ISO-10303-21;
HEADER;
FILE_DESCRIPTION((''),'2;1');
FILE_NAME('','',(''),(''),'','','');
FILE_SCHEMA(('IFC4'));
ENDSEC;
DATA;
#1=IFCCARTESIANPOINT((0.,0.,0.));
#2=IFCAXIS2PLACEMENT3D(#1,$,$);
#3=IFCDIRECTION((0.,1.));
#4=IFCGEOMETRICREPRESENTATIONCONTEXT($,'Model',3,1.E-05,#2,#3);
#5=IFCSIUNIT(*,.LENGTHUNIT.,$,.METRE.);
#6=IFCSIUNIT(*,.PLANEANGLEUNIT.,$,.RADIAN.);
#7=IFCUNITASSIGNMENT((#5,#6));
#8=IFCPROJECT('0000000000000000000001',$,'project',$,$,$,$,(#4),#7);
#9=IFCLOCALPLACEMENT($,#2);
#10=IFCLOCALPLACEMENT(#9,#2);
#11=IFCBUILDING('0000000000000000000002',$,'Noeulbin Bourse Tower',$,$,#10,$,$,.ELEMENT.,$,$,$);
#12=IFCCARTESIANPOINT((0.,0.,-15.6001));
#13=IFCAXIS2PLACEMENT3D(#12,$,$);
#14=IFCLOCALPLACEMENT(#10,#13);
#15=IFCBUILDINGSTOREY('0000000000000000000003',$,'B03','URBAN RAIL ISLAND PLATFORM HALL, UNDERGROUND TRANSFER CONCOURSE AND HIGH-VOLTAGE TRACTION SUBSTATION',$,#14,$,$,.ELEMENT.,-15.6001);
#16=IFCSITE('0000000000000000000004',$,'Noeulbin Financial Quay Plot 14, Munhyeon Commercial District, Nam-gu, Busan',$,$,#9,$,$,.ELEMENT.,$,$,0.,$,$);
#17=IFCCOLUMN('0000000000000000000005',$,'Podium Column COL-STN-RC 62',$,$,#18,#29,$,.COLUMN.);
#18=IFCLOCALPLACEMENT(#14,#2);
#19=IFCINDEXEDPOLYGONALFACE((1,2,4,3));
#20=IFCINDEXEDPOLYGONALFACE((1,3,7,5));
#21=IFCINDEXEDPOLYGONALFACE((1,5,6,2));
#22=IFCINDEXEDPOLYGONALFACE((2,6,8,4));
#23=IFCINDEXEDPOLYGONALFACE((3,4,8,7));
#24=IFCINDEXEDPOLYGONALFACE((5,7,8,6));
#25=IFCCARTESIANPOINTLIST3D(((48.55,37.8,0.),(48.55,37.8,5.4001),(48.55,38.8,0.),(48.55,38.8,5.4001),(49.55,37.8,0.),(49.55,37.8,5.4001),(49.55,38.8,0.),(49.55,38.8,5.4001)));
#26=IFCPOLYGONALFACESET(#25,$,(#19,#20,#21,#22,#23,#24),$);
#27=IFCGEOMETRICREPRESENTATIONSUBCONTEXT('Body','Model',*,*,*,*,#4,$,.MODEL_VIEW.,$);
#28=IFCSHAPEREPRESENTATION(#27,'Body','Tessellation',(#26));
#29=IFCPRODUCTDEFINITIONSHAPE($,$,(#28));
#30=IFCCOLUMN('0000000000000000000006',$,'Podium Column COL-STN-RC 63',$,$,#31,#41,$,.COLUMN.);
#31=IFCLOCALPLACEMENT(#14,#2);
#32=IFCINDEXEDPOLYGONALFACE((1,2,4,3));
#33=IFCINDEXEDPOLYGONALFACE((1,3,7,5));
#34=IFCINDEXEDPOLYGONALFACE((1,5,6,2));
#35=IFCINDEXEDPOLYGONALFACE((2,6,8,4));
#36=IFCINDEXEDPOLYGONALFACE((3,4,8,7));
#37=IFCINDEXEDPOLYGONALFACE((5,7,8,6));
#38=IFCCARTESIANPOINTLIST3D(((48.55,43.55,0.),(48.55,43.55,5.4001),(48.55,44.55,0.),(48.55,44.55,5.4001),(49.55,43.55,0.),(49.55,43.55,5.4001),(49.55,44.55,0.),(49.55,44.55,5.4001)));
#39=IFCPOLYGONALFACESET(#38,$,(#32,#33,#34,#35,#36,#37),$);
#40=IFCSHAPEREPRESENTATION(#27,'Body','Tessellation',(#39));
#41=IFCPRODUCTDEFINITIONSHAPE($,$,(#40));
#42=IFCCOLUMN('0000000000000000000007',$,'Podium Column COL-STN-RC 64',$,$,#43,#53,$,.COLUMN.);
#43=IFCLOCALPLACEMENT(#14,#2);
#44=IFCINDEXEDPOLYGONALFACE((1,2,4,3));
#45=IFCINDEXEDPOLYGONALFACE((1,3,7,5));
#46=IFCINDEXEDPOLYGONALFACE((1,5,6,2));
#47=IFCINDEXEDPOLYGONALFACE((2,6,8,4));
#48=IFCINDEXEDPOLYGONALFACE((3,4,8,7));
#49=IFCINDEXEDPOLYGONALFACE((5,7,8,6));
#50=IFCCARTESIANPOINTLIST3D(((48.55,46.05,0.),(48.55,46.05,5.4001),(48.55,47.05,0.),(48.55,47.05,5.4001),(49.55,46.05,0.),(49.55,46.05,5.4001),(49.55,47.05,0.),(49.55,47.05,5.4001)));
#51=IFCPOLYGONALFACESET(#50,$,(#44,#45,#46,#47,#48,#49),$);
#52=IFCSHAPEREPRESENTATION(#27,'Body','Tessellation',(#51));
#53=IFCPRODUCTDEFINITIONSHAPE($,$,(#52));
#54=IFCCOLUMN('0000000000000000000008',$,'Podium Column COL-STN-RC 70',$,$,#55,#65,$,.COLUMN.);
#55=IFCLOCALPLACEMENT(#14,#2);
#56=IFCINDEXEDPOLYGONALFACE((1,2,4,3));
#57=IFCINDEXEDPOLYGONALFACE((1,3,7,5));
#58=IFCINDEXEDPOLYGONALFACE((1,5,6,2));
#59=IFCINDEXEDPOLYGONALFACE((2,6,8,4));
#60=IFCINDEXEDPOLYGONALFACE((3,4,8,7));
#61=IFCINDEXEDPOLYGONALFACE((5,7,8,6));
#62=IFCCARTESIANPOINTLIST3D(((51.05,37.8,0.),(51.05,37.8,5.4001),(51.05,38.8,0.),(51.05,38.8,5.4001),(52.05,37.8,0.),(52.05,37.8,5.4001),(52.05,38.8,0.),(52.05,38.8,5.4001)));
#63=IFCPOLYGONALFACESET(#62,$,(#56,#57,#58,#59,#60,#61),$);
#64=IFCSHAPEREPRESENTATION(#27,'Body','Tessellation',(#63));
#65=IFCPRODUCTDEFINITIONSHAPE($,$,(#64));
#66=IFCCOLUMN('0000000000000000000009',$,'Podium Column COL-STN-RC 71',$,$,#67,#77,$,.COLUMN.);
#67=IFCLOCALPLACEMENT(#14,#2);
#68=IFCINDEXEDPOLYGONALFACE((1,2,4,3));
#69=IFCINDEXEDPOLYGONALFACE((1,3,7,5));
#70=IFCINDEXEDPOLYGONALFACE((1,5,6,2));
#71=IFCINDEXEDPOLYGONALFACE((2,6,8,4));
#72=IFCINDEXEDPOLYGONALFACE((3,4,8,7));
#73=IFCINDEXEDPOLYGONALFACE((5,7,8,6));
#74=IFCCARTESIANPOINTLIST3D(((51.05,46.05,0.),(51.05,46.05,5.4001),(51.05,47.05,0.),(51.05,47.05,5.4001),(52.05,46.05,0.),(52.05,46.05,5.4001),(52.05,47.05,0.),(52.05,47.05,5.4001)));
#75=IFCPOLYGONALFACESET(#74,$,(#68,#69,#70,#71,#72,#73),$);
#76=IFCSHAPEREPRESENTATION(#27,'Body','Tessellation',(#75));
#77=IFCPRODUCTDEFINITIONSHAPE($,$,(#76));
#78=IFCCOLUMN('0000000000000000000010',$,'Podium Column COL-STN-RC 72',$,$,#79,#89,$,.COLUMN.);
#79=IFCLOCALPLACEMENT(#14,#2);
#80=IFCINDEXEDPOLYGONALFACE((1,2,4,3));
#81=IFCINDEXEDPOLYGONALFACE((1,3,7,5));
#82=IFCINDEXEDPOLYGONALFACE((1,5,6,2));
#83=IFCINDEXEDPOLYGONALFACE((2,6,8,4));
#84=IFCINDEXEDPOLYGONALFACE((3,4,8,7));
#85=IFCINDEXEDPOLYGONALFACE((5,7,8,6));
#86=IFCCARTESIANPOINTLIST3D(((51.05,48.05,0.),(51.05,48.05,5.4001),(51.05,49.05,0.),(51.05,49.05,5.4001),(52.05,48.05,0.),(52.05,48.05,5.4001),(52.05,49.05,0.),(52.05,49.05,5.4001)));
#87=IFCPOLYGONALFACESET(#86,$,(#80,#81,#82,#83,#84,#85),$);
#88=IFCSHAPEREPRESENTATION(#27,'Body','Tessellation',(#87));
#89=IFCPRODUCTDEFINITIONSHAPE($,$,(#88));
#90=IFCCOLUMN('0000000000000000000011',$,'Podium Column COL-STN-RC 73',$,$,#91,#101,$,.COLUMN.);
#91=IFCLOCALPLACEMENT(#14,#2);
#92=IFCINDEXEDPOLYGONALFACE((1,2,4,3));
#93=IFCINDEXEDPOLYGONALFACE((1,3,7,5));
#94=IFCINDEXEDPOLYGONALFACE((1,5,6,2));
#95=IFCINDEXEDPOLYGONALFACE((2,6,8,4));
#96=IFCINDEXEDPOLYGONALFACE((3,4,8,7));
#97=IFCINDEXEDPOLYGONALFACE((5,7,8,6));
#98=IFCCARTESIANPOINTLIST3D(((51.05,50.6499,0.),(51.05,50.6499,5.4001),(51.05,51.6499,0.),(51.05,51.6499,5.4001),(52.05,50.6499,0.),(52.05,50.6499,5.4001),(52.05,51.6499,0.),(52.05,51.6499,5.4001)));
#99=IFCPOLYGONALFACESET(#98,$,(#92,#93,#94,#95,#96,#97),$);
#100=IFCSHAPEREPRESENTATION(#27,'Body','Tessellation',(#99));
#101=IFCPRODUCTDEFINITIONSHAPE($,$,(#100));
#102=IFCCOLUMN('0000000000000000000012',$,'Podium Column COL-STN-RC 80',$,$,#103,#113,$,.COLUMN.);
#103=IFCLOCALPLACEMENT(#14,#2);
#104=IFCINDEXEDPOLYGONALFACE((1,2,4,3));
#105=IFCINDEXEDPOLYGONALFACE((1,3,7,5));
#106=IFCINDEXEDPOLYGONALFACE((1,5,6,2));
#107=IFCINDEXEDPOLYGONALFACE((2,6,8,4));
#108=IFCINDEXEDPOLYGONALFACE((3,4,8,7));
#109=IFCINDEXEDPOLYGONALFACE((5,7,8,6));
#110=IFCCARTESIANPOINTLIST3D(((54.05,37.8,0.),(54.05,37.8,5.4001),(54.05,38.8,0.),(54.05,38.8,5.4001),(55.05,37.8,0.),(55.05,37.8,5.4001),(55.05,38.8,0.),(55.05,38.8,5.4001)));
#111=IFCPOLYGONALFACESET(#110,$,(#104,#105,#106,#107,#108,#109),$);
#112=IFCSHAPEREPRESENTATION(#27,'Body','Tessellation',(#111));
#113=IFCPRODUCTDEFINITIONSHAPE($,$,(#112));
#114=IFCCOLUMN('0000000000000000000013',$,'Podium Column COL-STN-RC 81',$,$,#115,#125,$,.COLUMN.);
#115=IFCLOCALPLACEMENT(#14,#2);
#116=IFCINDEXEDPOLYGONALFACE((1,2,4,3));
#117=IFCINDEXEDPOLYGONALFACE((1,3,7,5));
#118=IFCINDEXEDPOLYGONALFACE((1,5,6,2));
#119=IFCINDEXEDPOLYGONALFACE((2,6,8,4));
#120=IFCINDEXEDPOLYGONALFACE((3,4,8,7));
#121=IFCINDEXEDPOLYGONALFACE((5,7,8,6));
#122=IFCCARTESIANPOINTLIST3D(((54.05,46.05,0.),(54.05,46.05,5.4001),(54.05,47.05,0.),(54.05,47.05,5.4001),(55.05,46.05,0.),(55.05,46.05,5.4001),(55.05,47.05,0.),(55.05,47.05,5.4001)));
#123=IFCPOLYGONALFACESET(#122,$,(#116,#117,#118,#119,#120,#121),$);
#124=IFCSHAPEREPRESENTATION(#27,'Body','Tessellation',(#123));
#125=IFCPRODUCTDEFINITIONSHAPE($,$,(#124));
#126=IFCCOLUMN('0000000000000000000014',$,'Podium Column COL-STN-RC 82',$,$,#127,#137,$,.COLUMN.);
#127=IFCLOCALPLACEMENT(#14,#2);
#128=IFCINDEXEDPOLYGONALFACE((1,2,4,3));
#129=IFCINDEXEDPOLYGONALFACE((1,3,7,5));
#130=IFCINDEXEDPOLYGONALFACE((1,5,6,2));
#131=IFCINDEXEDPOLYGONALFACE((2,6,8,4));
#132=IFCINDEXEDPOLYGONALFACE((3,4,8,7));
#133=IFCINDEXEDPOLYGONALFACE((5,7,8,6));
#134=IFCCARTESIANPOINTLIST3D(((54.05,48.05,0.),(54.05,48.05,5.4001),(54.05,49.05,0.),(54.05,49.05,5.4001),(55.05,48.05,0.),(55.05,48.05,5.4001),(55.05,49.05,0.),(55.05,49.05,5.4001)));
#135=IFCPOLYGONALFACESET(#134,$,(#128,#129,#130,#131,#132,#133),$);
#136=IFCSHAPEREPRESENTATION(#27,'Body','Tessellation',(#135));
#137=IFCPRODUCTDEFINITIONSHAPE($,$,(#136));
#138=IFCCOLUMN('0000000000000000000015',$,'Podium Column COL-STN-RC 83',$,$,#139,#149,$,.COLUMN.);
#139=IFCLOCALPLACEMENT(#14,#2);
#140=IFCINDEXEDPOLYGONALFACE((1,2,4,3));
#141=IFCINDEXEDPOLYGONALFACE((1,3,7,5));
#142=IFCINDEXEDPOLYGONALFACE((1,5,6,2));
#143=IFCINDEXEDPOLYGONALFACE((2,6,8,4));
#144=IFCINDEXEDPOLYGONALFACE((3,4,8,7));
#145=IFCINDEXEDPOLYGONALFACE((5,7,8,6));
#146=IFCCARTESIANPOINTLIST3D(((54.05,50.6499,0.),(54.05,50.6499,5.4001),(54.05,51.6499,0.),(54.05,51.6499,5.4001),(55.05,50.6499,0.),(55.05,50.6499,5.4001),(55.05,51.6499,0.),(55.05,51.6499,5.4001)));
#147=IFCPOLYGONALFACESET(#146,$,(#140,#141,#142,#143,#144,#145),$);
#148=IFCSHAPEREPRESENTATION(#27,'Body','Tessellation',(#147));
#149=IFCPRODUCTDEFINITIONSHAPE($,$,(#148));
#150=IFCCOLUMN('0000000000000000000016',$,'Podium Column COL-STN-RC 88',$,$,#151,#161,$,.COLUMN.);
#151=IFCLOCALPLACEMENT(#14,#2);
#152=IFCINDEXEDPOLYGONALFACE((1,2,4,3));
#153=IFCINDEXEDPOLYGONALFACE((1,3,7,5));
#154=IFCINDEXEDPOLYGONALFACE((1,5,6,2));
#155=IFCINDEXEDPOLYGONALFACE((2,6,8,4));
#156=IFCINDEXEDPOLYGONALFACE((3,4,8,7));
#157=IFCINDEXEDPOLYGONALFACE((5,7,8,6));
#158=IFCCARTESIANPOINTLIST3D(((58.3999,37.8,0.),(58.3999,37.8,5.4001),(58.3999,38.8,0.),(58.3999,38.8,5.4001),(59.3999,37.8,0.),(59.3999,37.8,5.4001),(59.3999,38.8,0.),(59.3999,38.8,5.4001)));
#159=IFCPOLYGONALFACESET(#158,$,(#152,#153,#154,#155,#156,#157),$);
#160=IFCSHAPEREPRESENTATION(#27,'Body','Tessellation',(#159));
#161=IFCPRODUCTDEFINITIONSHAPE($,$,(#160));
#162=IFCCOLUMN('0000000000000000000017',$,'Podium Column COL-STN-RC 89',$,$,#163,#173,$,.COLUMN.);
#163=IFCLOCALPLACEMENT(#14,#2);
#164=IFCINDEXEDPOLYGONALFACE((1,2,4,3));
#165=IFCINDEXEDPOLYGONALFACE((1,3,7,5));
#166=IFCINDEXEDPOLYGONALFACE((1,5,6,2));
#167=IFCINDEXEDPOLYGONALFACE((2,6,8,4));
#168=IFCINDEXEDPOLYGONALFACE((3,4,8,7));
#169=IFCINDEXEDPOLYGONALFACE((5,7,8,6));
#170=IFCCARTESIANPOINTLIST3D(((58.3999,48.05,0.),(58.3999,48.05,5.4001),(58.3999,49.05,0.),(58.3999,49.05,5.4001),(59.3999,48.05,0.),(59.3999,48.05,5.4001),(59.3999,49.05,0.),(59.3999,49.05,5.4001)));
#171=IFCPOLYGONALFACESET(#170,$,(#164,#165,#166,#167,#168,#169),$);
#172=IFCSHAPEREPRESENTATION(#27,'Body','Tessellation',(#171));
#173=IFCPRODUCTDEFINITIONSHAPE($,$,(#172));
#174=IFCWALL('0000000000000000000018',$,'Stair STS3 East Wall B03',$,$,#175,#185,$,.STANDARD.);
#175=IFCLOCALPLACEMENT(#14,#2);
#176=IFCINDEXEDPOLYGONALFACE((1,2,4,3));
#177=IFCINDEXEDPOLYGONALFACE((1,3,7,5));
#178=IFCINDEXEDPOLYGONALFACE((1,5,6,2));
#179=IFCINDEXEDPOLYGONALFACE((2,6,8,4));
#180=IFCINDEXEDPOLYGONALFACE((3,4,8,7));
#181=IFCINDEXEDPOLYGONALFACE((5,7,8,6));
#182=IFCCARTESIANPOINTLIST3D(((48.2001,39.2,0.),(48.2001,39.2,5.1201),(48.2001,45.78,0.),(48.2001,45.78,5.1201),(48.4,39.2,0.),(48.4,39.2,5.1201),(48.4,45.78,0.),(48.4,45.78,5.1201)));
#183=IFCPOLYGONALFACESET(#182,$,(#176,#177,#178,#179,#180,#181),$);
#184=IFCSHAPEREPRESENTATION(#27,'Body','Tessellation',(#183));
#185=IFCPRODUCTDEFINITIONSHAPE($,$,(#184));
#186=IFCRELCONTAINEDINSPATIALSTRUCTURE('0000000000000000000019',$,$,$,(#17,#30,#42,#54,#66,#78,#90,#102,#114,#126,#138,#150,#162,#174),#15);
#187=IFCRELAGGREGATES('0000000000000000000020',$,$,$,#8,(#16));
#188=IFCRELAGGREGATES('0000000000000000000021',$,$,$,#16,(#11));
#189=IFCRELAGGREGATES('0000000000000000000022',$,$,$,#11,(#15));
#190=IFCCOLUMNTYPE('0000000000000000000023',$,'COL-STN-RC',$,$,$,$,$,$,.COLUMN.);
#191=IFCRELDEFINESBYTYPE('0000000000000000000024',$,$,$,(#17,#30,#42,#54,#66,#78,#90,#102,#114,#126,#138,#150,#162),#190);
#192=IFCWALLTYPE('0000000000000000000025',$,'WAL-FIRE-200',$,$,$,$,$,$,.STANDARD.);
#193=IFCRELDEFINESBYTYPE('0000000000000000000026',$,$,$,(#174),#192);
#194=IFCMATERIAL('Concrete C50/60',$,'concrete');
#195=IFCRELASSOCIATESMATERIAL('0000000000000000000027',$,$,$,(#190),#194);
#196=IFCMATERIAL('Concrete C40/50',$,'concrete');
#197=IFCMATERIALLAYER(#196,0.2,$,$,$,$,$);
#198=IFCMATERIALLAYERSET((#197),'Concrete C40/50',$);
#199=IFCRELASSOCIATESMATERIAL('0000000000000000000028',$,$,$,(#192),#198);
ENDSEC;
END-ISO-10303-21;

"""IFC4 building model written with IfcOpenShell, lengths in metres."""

from ifc_helpers import new_model, si_unit, direction, frame, frame_2d, origin, origin_2d, place, context, subcontext, project, spatial, rectangle, extrude, material, layer, layer_set, material_profile, profile_set, type_object, element, save


model = new_model("IFC4")

# Units and contexts
model_context = context("Model", 3, precision=1e-05, world=origin(), true_north=direction((0.0, 1.0)))
body_context = subcontext(model_context, "Body", "Model", "MODEL_VIEW")
ifc_project = project(units=[si_unit("LENGTHUNIT", "METRE"), si_unit("PLANEANGLEUNIT", "RADIAN")], contexts=[model_context])

# Site, building, storey
site_placement = place(None, origin())
site = spatial("IfcSite", under=ifc_project, at=site_placement, Name="Noeulbin Financial Quay Plot 14, Munhyeon Commercial District, Nam-gu, Busan", CompositionType="ELEMENT", RefElevation=0.0)
building_placement = place(site_placement, origin())
building = spatial("IfcBuilding", under=site, at=building_placement, Name="Noeulbin Bourse Tower", CompositionType="ELEMENT")
storey_placement = place(building_placement, frame((0.0, 0.0, -15.6001)))
storey = spatial("IfcBuildingStorey", under=building, at=storey_placement, Name="B03", Description="URBAN RAIL ISLAND PLATFORM HALL, UNDERGROUND TRANSFER CONCOURSE AND HIGH-VOLTAGE TRACTION SUBSTATION", CompositionType="ELEMENT", Elevation=-15.6001)

# Shared definitions
ifc_material_1 = material(Name="Concrete C50/60", Category="concrete")

# Columns
ifc_material_2 = material(Name="Concrete C40/50", Category="concrete")
ifc_material_profile_1 = material_profile(ifc_material_1, rectangle(XDim=1.0, YDim=1.0, at=origin_2d()), Name="RC-COL-1000x1000", Category="LoadBearing")
ifc_profile_set_1 = profile_set([ifc_material_profile_1], Name="Concrete C50/60")
column_type_1 = type_object("IfcColumnType", Name="COL-STN-RC", PredefinedType="COLUMN", material=ifc_profile_set_1)
for number, where, z_axis, x_axis, name in (
    (1, (49.05, 38.3, 0.0), (0.0, 0.0, 1.0), (1.0, 0.0, 0.0), "Podium Column COL-STN-RC 62"),
    (2, (49.05, 44.05, 0.0), (0.0, 0.0, 1.0), (1.0, 0.0, 0.0), "Podium Column COL-STN-RC 63"),
    (3, (49.05, 46.55, 0.0), (0.0, 0.0, 1.0), (1.0, 0.0, 0.0), "Podium Column COL-STN-RC 64"),
    (4, (51.55, 38.3, 0.0), (0.0, 0.0, 1.0), (1.0, 0.0, 0.0), "Podium Column COL-STN-RC 70"),
    (5, (51.55, 46.55, 0.0), (0.0, 0.0, 1.0), (1.0, 0.0, 0.0), "Podium Column COL-STN-RC 71"),
    (6, (51.55, 48.55, 0.0), (0.0, 0.0, 1.0), (1.0, 0.0, 0.0), "Podium Column COL-STN-RC 72"),
    (7, (51.55, 51.1499, 0.0), (0.0, 0.0, 1.0), (1.0, 0.0, 0.0), "Podium Column COL-STN-RC 73"),
    (8, (54.55, 38.3, 0.0), (0.0, 0.0, 1.0), (1.0, 0.0, 0.0), "Podium Column COL-STN-RC 80"),
    (9, (54.55, 46.55, 0.0), (0.0, 0.0, 1.0), (1.0, 0.0, 0.0), "Podium Column COL-STN-RC 81"),
    (10, (54.55, 48.55, 0.0), (0.0, 0.0, 1.0), (1.0, 0.0, 0.0), "Podium Column COL-STN-RC 82"),
    (11, (54.55, 51.1499, 0.0), (0.0, 0.0, 1.0), (1.0, 0.0, 0.0), "Podium Column COL-STN-RC 83"),
    (12, (58.8999, 38.3, 0.0), (0.0, 0.0, 1.0), (1.0, 0.0, 0.0), "Podium Column COL-STN-RC 88"),
    (13, (58.8999, 48.55, 0.0), (0.0, 0.0, 1.0), (1.0, 0.0, 0.0), "Podium Column COL-STN-RC 89"),
):
    element("IfcColumn", number, at=place(storey_placement, frame(where, z_axis=z_axis, x_axis=x_axis)), inside=storey, type_object=column_type_1, Name=name, PredefinedType="COLUMN", context=body_context, shape_type="SweptSolid", body=[
        extrude(rectangle(XDim=1.0, YDim=1.0, at=origin_2d()), origin(), (0.0, 0.0, 1.0), 5.4001),
    ])

# Wall
ifc_layer_1 = layer(ifc_material_2, 0.2)
ifc_layer_set_1 = layer_set([ifc_layer_1], Name="Concrete C40/50")
wall_type = type_object("IfcWallType", Name="WAL-FIRE-200", PredefinedType="STANDARD", material=ifc_layer_set_1)
wall_placement = place(storey_placement, frame((48.3, 39.2, 0.0), z_axis=(0.0, 0.0, 1.0), x_axis=(0.0, 1.0, 0.0)))
element("IfcWall", 14, at=wall_placement, inside=storey, type_object=wall_type, Name="Stair STS3 East Wall B03", PredefinedType="STANDARD", context=body_context, shape_type="SweptSolid", body=[
    extrude(rectangle(XDim=6.5801, YDim=0.2, at=frame_2d((3.29, 0.0))), origin(), (0.0, 0.0, 1.0), 5.1201),
])

save(model, "model.ifc")
